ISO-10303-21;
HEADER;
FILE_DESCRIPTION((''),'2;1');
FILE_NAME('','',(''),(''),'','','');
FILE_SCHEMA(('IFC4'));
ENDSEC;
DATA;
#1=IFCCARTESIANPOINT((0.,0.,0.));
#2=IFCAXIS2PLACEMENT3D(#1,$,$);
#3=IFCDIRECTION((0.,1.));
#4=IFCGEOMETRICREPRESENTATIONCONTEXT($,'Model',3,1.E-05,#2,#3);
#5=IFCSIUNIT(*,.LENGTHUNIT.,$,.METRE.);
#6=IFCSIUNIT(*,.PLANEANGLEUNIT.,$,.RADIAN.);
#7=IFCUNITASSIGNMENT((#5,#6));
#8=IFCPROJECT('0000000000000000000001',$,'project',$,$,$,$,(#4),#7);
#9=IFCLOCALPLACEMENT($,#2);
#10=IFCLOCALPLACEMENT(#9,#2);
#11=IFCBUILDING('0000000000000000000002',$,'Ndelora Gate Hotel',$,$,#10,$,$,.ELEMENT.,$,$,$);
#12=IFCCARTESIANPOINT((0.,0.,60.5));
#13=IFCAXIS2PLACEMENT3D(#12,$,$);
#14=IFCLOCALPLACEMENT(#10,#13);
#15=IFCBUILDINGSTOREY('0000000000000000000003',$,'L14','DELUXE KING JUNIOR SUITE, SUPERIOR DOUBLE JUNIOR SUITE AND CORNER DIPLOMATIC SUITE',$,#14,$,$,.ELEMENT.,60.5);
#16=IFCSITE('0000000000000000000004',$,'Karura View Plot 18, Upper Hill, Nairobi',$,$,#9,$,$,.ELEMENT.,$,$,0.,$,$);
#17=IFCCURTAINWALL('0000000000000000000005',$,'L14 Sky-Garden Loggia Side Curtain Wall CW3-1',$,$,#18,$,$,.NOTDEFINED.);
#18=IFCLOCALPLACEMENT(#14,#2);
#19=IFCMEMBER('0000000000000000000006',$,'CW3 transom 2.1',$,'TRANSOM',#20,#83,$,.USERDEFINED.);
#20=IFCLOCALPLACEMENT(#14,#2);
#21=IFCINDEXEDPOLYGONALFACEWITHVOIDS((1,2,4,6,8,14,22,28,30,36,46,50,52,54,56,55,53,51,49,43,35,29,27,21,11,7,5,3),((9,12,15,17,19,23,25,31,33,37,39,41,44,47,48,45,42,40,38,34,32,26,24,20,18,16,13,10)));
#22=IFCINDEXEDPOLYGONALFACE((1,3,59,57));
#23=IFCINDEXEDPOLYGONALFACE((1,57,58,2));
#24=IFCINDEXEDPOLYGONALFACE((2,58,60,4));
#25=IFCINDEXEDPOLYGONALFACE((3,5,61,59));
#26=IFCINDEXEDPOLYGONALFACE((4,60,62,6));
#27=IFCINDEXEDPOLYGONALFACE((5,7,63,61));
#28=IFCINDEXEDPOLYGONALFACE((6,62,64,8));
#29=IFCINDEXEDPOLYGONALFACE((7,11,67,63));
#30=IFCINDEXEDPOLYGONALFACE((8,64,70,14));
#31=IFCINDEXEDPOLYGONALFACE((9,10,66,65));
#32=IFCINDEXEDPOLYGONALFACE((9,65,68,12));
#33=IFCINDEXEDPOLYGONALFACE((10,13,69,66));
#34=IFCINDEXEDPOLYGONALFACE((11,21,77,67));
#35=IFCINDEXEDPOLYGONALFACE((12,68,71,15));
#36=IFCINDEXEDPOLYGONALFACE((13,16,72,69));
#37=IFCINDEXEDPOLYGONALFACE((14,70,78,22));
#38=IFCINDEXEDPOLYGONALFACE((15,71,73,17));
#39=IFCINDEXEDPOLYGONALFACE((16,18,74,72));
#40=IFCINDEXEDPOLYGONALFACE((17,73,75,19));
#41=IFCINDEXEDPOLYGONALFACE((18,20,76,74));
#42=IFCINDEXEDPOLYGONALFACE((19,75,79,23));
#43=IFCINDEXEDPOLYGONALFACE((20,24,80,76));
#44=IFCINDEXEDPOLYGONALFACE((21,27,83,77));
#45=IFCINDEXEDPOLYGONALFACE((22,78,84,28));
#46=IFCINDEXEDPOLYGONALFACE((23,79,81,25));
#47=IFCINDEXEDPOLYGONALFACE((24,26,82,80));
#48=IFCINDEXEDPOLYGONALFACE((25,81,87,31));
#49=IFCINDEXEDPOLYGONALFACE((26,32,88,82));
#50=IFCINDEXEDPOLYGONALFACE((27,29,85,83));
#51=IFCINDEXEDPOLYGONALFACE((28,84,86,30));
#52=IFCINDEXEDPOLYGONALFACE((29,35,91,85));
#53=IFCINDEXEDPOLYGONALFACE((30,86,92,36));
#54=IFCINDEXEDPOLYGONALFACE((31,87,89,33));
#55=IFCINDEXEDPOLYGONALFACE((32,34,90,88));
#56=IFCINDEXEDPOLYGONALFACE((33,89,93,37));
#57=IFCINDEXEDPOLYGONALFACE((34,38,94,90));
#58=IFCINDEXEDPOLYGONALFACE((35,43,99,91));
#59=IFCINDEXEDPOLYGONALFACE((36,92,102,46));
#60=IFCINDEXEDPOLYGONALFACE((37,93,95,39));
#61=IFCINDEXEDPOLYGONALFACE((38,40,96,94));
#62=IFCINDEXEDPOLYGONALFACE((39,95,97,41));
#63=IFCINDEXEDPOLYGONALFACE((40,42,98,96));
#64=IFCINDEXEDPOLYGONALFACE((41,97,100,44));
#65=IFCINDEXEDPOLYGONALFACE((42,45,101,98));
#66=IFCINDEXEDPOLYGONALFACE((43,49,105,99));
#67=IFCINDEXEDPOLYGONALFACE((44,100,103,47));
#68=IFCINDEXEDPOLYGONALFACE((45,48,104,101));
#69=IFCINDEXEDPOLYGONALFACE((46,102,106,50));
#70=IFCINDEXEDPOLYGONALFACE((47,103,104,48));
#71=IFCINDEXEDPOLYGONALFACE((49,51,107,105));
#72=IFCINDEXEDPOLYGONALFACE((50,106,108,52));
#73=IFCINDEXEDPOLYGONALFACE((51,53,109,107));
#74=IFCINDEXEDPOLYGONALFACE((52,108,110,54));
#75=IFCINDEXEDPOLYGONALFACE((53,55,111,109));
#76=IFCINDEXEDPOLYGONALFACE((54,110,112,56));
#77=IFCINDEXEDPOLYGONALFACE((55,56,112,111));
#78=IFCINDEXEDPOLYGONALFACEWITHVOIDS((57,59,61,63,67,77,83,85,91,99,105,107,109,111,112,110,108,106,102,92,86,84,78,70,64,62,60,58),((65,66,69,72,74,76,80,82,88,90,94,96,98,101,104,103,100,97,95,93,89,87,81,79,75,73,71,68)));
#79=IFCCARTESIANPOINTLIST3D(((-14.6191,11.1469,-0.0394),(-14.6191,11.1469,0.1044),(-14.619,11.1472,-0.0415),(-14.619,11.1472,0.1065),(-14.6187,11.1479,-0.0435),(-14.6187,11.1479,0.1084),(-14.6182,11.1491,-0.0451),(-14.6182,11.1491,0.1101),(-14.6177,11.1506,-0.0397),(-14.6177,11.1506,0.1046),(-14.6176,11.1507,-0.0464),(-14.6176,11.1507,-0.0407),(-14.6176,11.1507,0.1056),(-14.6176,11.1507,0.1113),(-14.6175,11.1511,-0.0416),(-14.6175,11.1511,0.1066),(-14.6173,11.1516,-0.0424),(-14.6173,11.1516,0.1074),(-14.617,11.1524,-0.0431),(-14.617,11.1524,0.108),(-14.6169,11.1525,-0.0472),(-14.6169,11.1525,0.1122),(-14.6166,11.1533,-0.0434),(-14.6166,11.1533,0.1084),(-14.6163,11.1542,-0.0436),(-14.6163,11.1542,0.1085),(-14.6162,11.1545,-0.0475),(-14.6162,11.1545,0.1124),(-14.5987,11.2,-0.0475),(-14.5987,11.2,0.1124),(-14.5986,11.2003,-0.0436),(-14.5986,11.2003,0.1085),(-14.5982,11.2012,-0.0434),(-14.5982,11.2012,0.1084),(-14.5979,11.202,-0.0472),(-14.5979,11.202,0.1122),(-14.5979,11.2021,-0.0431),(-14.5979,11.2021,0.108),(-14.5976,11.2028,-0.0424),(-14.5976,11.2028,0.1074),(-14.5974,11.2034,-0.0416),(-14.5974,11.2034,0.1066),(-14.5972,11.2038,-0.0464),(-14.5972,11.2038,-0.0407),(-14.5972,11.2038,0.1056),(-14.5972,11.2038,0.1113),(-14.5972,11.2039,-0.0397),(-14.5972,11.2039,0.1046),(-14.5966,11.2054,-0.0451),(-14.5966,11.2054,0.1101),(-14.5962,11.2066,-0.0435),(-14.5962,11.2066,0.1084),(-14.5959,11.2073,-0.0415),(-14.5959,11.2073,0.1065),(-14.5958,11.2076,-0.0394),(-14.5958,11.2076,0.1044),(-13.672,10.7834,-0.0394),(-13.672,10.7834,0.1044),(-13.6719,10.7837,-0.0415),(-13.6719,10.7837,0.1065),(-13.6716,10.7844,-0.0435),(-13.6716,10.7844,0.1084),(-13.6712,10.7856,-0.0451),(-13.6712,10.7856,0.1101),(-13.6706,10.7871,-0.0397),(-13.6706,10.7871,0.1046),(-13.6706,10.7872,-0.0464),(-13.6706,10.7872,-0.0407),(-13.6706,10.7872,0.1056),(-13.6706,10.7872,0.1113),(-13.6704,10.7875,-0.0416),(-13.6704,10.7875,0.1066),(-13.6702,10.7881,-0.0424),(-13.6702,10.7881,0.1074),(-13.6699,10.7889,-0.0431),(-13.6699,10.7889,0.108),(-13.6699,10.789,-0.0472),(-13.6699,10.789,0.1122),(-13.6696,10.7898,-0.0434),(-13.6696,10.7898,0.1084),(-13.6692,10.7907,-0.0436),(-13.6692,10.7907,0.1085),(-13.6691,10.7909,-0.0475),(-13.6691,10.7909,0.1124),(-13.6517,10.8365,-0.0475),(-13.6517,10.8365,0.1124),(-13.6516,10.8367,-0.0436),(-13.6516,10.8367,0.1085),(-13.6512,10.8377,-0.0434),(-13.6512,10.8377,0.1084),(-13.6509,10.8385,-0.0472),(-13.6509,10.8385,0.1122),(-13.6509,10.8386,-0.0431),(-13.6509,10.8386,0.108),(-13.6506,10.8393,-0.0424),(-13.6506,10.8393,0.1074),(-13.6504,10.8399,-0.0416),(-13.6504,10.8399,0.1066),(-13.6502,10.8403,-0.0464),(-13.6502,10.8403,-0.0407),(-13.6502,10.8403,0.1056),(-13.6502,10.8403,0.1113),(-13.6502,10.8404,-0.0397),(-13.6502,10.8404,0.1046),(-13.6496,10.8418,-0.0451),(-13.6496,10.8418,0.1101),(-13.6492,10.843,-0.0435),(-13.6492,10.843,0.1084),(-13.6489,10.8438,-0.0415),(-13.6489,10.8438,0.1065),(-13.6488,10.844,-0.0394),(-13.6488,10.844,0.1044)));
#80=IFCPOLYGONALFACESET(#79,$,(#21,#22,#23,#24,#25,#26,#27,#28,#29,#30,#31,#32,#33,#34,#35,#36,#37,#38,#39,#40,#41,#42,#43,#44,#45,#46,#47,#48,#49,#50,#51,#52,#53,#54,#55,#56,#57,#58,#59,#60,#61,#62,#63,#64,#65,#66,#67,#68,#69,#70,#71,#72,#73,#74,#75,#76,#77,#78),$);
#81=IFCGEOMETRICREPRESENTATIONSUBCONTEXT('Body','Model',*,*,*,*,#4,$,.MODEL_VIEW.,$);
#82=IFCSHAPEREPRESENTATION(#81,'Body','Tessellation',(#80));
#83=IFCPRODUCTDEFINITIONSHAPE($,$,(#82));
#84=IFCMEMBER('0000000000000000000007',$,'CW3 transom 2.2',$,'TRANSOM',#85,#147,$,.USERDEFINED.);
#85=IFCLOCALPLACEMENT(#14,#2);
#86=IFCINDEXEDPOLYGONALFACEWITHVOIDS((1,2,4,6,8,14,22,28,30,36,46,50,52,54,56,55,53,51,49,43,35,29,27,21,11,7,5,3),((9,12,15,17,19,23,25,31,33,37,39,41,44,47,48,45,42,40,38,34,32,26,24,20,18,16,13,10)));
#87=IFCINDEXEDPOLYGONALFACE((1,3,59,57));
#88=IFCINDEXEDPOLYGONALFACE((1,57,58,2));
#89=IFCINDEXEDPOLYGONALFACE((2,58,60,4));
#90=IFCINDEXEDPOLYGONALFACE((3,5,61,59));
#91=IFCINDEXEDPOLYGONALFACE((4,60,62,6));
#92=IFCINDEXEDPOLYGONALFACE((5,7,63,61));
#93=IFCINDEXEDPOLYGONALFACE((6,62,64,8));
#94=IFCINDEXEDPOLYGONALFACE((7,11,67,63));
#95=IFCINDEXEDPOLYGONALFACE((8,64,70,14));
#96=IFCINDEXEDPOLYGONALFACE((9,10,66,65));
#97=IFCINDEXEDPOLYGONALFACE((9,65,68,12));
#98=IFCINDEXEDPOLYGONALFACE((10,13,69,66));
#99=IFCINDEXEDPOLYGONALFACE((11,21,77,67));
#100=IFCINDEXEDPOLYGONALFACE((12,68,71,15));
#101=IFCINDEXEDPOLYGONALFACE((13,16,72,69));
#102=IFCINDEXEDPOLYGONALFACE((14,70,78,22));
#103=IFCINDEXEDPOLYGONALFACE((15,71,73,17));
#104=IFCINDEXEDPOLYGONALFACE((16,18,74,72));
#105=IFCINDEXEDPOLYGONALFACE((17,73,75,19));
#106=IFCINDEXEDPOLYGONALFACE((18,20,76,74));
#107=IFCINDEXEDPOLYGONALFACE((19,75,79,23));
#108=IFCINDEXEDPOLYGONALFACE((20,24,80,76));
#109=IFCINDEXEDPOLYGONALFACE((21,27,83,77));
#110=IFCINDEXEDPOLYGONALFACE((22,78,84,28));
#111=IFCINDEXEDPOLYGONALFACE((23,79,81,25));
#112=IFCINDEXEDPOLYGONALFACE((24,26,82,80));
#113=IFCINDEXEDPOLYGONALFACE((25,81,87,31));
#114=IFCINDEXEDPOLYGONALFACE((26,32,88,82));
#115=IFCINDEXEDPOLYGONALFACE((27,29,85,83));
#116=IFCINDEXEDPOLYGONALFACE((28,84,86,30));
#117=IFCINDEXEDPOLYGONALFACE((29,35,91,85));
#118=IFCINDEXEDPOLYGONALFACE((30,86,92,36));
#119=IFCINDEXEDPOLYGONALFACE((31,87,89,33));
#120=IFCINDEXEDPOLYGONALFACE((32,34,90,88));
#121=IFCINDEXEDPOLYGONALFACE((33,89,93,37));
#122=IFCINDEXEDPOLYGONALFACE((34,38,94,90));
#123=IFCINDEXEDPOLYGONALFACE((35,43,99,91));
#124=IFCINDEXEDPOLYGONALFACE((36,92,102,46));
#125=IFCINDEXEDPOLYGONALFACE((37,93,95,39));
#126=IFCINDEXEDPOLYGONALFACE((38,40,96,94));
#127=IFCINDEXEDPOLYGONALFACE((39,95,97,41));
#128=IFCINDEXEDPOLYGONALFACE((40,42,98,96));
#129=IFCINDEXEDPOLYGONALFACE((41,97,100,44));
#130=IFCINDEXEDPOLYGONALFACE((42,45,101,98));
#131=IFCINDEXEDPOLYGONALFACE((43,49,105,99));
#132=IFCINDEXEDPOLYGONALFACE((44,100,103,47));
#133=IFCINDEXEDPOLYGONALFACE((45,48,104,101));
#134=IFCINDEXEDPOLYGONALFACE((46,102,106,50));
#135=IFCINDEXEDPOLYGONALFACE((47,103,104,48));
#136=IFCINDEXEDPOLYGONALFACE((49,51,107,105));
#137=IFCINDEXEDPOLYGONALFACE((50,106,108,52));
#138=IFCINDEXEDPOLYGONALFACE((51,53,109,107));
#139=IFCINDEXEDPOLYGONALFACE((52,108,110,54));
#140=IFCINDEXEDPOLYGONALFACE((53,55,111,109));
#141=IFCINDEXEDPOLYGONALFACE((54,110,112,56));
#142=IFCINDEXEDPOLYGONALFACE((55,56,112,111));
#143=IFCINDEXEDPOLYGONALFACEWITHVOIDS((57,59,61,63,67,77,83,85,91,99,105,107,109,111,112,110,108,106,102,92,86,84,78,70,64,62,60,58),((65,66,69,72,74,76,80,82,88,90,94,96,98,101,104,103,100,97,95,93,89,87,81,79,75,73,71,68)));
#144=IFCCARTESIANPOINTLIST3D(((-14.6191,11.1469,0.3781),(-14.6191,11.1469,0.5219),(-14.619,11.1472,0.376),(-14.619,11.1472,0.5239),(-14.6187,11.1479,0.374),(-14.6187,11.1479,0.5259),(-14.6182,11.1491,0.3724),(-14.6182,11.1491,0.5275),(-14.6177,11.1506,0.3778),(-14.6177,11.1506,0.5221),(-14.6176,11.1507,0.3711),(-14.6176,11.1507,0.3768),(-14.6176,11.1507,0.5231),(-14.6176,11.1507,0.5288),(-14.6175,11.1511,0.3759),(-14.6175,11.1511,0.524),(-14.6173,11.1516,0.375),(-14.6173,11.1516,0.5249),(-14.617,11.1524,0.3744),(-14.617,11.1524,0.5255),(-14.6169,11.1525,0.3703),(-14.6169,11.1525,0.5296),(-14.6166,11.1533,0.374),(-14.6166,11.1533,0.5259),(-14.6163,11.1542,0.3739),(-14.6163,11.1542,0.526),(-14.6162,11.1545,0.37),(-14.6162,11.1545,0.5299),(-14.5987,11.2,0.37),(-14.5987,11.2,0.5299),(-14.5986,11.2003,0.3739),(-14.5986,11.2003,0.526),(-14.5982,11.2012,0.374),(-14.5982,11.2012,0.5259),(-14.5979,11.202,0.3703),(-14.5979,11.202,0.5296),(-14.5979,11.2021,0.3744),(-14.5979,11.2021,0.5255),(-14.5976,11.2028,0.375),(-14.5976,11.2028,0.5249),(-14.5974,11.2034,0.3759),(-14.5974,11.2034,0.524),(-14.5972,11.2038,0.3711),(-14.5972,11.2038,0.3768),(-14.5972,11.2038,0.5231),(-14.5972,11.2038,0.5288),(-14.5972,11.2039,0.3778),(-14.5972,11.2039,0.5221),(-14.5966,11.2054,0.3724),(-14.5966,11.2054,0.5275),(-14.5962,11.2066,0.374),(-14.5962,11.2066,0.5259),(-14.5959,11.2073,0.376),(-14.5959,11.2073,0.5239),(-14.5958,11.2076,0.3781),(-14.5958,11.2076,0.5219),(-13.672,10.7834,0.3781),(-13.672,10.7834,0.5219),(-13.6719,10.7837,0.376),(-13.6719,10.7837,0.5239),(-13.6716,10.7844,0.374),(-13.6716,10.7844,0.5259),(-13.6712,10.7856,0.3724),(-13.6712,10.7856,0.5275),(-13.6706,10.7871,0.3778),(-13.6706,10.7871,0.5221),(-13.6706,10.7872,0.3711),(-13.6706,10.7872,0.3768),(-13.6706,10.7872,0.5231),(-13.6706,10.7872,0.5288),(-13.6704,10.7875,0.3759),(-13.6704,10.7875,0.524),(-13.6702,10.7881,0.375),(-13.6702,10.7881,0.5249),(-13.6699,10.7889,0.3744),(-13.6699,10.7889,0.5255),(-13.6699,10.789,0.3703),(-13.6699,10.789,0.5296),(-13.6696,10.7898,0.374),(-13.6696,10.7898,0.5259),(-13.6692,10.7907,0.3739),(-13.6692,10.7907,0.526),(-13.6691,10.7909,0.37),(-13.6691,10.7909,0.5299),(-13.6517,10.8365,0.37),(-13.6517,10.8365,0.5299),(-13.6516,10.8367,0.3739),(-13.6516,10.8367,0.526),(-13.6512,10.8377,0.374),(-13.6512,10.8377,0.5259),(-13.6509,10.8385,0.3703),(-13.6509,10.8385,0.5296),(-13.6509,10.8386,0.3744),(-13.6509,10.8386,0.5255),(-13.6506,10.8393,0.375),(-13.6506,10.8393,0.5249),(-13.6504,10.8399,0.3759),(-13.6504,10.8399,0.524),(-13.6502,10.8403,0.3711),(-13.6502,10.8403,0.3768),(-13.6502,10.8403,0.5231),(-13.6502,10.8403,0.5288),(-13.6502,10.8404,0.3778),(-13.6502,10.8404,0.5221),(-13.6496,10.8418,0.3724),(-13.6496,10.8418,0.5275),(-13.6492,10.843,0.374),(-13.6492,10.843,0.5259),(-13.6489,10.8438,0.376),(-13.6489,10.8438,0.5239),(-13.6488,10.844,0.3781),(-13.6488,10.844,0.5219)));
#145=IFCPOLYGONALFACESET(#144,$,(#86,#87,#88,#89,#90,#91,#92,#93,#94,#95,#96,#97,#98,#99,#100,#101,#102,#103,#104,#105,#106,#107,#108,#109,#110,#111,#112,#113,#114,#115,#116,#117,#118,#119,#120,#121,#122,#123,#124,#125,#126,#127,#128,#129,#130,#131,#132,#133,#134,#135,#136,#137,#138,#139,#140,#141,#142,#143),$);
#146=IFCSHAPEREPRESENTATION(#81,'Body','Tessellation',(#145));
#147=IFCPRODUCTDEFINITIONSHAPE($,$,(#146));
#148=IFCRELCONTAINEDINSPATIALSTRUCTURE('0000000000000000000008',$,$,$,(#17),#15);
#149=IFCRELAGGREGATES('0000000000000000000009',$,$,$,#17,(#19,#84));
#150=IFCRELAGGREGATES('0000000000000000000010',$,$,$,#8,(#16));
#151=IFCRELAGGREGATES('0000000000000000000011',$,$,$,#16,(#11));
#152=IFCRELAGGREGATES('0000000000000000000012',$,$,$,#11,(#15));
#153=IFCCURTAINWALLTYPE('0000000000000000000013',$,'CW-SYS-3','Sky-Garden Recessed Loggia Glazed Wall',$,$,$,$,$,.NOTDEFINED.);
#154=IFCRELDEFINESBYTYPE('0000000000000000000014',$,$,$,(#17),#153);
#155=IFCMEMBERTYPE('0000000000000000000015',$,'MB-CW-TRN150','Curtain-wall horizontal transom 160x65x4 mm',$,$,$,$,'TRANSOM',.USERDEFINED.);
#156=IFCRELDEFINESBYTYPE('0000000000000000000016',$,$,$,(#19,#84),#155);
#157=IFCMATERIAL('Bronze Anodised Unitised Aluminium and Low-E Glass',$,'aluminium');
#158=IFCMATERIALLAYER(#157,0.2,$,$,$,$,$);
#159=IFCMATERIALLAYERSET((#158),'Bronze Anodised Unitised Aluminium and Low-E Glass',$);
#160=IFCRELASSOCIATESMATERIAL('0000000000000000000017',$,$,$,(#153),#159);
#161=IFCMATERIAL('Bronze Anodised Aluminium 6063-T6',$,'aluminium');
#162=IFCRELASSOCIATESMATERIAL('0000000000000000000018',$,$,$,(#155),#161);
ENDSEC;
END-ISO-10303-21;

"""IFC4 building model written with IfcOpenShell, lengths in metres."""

from ifc_helpers import new_model, si_unit, direction, frame, origin, origin_2d, place, context, subcontext, project, spatial, hollow_rectangle, extrude, material, layer, layer_set, material_profile, profile_set, type_object, element, aggregate, save


model = new_model("IFC4")

# Units and contexts
model_context = context("Model", 3, precision=1e-05, world=origin(), true_north=direction((0.0, 1.0)))
body_context = subcontext(model_context, "Body", "Model", "MODEL_VIEW")
ifc_project = project(units=[si_unit("LENGTHUNIT", "METRE"), si_unit("PLANEANGLEUNIT", "RADIAN")], contexts=[model_context])

# Site, building, storey
site_placement = place(None, origin())
site = spatial("IfcSite", under=ifc_project, at=site_placement, Name="Karura View Plot 18, Upper Hill, Nairobi", CompositionType="ELEMENT", RefElevation=0.0)
building_placement = place(site_placement, origin())
building = spatial("IfcBuilding", under=site, at=building_placement, Name="Ndelora Gate Hotel", CompositionType="ELEMENT")
storey_placement = place(building_placement, frame((0.0, 0.0, 60.5)))
storey = spatial("IfcBuildingStorey", under=building, at=storey_placement, Name="L14", Description="DELUXE KING JUNIOR SUITE, SUPERIOR DOUBLE JUNIOR SUITE AND CORNER DIPLOMATIC SUITE", CompositionType="ELEMENT", Elevation=60.5)

# Curtain wall, members
ifc_material_1 = material(Name="Bronze Anodised Unitised Aluminium and Low-E Glass", Category="aluminium")
ifc_layer_1 = layer(ifc_material_1, 0.2)
ifc_layer_set_1 = layer_set([ifc_layer_1], Name="Bronze Anodised Unitised Aluminium and Low-E Glass")
curtain_wall_type = type_object("IfcCurtainWallType", Name="CW-SYS-3", Description="Sky-Garden Recessed Loggia Glazed Wall", PredefinedType="NOTDEFINED", material=ifc_layer_set_1)
curtain_wall_placement = place(storey_placement, origin())
curtain_wall = element("IfcCurtainWall", 1, at=curtain_wall_placement, inside=storey, type_object=curtain_wall_type, Name="L14 Sky-Garden Loggia Side Curtain Wall CW3-1", PredefinedType="NOTDEFINED")
ifc_material_2 = material(Name="Bronze Anodised Aluminium 6063-T6", Category="aluminium")
ifc_material_profile_1 = material_profile(ifc_material_2, hollow_rectangle(XDim=0.0649, YDim=0.1599, WallThickness=0.0039, InnerFilletRadius=0.0039, OuterFilletRadius=0.0081, at=origin_2d()), Name="ALU 160x65x4")
ifc_profile_set_1 = profile_set([ifc_material_profile_1], Name="Bronze Anodised Aluminium 6063-T6")
member_type_1 = type_object("IfcMemberType", Name="MB-CW-TRN150", Description="Curtain-wall horizontal transom 160x65x4 mm", ElementType="TRANSOM", PredefinedType="USERDEFINED", material=ifc_profile_set_1)
member_1_placement = place(storey_placement, frame((-13.6604, 10.8137, 0.0325), z_axis=(-0.933581, 0.358366, 0.0), x_axis=(-0.358366, -0.933581, 0.0)))
member_1 = element("IfcMember", 2, at=member_1_placement, type_object=member_type_1, Name="CW3 transom 2.1", ObjectType="TRANSOM", PredefinedType="USERDEFINED", context=body_context, shape_type="SweptSolid", body=[
    extrude(hollow_rectangle(XDim=0.0649, YDim=0.1599, WallThickness=0.0039, InnerFilletRadius=0.0039, OuterFilletRadius=0.0081, at=origin_2d()), origin(), (0.0, 0.0, 1.0), 1.0144),
])
member_2_placement = place(storey_placement, frame((-13.6604, 10.8137, 0.45), z_axis=(-0.933581, 0.358366, 0.0), x_axis=(-0.358366, -0.933581, 0.0)))
member_2 = element("IfcMember", 3, at=member_2_placement, type_object=member_type_1, Name="CW3 transom 2.2", ObjectType="TRANSOM", PredefinedType="USERDEFINED", context=body_context, shape_type="SweptSolid", body=[
    extrude(hollow_rectangle(XDim=0.0649, YDim=0.1599, WallThickness=0.0039, InnerFilletRadius=0.0039, OuterFilletRadius=0.0081, at=origin_2d()), origin(), (0.0, 0.0, 1.0), 1.0144),
])
aggregate(curtain_wall, [member_1, member_2])

save(model, "model.ifc")
